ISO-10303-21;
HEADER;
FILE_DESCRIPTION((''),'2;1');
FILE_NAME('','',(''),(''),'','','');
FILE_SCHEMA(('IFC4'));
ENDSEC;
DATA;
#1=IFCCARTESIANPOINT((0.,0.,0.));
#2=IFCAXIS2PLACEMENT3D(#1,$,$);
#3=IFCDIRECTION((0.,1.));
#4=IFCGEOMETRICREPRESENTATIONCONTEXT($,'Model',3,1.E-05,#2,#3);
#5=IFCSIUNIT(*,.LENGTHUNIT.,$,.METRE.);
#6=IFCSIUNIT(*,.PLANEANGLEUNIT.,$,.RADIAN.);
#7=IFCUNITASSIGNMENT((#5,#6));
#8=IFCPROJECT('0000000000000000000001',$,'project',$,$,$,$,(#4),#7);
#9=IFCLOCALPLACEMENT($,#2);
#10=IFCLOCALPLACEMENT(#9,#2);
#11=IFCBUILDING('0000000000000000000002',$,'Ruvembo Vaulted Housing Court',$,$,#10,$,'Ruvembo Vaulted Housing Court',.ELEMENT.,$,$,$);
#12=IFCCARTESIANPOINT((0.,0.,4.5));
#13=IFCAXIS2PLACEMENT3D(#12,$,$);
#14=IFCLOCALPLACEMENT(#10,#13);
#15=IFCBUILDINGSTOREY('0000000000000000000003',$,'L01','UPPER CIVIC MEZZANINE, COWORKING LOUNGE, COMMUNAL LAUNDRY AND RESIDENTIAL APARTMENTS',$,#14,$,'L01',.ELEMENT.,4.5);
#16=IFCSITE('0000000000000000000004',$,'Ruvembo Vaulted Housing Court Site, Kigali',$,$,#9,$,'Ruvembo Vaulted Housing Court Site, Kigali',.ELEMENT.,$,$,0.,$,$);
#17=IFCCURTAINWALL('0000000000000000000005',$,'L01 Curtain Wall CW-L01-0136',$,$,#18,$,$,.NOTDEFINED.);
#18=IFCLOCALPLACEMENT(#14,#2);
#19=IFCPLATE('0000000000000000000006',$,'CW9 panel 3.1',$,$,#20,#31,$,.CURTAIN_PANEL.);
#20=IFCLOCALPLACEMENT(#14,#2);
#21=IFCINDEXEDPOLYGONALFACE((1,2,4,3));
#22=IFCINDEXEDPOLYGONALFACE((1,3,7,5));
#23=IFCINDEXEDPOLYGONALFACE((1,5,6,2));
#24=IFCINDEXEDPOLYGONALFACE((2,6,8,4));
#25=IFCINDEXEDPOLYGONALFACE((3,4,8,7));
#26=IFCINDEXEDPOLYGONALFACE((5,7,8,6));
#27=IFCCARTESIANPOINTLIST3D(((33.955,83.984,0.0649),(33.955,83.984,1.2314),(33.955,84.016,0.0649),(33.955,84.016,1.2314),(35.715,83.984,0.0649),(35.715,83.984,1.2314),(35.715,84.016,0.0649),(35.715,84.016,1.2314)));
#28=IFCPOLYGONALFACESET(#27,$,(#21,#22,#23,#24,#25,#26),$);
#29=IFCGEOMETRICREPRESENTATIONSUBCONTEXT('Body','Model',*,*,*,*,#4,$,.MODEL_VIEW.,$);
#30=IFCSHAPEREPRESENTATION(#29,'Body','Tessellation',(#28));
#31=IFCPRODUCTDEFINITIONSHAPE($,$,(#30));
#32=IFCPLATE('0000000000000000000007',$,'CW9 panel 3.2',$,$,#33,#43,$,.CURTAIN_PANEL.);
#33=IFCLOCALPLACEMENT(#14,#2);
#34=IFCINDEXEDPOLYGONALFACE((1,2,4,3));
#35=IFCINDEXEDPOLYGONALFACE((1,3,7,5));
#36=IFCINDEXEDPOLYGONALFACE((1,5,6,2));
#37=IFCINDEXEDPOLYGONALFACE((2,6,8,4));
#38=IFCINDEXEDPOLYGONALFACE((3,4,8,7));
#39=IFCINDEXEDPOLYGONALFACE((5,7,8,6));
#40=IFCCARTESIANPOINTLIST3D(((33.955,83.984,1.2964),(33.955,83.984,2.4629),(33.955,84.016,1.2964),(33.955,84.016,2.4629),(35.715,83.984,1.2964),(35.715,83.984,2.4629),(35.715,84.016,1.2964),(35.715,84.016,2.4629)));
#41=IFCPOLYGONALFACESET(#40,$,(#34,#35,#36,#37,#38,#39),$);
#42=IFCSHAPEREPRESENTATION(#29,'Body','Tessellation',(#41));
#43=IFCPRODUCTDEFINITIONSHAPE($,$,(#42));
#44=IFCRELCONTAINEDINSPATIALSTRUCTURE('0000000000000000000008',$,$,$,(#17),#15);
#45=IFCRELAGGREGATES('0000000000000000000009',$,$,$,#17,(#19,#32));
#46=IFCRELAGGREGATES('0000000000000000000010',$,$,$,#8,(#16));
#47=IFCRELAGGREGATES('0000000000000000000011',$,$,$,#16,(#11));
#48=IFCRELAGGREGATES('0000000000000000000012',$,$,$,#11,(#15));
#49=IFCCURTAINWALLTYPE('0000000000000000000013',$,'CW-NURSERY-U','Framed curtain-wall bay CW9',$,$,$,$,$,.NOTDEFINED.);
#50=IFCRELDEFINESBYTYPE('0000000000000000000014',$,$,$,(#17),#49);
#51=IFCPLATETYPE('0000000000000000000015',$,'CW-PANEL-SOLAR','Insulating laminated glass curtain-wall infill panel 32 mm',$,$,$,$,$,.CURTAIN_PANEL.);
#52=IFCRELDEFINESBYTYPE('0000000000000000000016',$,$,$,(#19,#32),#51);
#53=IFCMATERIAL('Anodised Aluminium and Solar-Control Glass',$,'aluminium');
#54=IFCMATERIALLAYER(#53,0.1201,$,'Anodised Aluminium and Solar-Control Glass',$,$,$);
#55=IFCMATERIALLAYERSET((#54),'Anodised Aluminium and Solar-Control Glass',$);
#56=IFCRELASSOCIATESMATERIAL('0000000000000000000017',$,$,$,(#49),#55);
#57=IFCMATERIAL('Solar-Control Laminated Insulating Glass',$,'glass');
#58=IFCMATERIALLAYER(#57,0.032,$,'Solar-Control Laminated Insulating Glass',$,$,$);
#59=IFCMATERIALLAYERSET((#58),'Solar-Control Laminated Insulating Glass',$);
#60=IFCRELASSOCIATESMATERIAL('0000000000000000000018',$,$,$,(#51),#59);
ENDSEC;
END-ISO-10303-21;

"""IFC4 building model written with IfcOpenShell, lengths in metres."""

from ifc_helpers import new_model, si_unit, direction, frame, origin, origin_2d, place, context, subcontext, project, spatial, rectangle, extrude, material, layer, layer_set, type_object, element, aggregate, save


model = new_model("IFC4")

# Units and contexts
model_context = context("Model", 3, precision=1e-05, world=origin(), true_north=direction((0.0, 1.0)))
body_context = subcontext(model_context, "Body", "Model", "MODEL_VIEW")
ifc_project = project(units=[si_unit("LENGTHUNIT", "METRE"), si_unit("PLANEANGLEUNIT", "RADIAN")], contexts=[model_context])

# Site, building, storey
site_placement = place(None, origin())
site = spatial("IfcSite", under=ifc_project, at=site_placement, Name="Ruvembo Vaulted Housing Court Site, Kigali", LongName="Ruvembo Vaulted Housing Court Site, Kigali", CompositionType="ELEMENT", RefElevation=0.0)
building_placement = place(site_placement, origin())
building = spatial("IfcBuilding", under=site, at=building_placement, Name="Ruvembo Vaulted Housing Court", LongName="Ruvembo Vaulted Housing Court", CompositionType="ELEMENT")
storey_placement = place(building_placement, frame((0.0, 0.0, 4.5)))
storey = spatial("IfcBuildingStorey", under=building, at=storey_placement, Name="L01", Description="UPPER CIVIC MEZZANINE, COWORKING LOUNGE, COMMUNAL LAUNDRY AND RESIDENTIAL APARTMENTS", LongName="L01", CompositionType="ELEMENT", Elevation=4.5)

# Curtain wall
ifc_material_1 = material(Name="Anodised Aluminium and Solar-Control Glass", Category="aluminium")
ifc_layer_1 = layer(ifc_material_1, 0.1201, Name="Anodised Aluminium and Solar-Control Glass")
ifc_layer_set_1 = layer_set([ifc_layer_1], Name="Anodised Aluminium and Solar-Control Glass")
curtain_wall_type = type_object("IfcCurtainWallType", Name="CW-NURSERY-U", Description="Framed curtain-wall bay CW9", PredefinedType="NOTDEFINED", material=ifc_layer_set_1)
curtain_wall_1_placement = place(storey_placement, origin())
curtain_wall_1 = element("IfcCurtainWall", 1, at=curtain_wall_1_placement, inside=storey, type_object=curtain_wall_type, Name="L01 Curtain Wall CW-L01-0136", PredefinedType="NOTDEFINED")

# Plates
ifc_material_2 = material(Name="Solar-Control Laminated Insulating Glass", Category="glass")
ifc_layer_2 = layer(ifc_material_2, 0.032, Name="Solar-Control Laminated Insulating Glass")
ifc_layer_set_2 = layer_set([ifc_layer_2], Name="Solar-Control Laminated Insulating Glass")
plate_type_1 = type_object("IfcPlateType", Name="CW-PANEL-SOLAR", Description="Insulating laminated glass curtain-wall infill panel 32 mm", PredefinedType="CURTAIN_PANEL", material=ifc_layer_set_2)
plate_1_placement = place(storey_placement, frame((34.835, 84.0, 0.0649), z_axis=(0.0, 0.0, 1.0), x_axis=(1.0, 0.0, 0.0)))
plate_1 = element("IfcPlate", 2, at=plate_1_placement, type_object=plate_type_1, Name="CW9 panel 3.1", PredefinedType="CURTAIN_PANEL", context=body_context, shape_type="SweptSolid", body=[
    extrude(rectangle(XDim=1.76, YDim=0.032, at=origin_2d()), origin(), (0.0, 0.0, 1.0), 1.1665),
])
plate_2_placement = place(storey_placement, frame((34.835, 84.0, 1.2964), z_axis=(0.0, 0.0, 1.0), x_axis=(1.0, 0.0, 0.0)))
plate_2 = element("IfcPlate", 3, at=plate_2_placement, type_object=plate_type_1, Name="CW9 panel 3.2", PredefinedType="CURTAIN_PANEL", context=body_context, shape_type="SweptSolid", body=[
    extrude(rectangle(XDim=1.76, YDim=0.032, at=origin_2d()), origin(), (0.0, 0.0, 1.0), 1.1665),
])
aggregate(curtain_wall_1, [plate_1, plate_2])

save(model, "model.ifc")
